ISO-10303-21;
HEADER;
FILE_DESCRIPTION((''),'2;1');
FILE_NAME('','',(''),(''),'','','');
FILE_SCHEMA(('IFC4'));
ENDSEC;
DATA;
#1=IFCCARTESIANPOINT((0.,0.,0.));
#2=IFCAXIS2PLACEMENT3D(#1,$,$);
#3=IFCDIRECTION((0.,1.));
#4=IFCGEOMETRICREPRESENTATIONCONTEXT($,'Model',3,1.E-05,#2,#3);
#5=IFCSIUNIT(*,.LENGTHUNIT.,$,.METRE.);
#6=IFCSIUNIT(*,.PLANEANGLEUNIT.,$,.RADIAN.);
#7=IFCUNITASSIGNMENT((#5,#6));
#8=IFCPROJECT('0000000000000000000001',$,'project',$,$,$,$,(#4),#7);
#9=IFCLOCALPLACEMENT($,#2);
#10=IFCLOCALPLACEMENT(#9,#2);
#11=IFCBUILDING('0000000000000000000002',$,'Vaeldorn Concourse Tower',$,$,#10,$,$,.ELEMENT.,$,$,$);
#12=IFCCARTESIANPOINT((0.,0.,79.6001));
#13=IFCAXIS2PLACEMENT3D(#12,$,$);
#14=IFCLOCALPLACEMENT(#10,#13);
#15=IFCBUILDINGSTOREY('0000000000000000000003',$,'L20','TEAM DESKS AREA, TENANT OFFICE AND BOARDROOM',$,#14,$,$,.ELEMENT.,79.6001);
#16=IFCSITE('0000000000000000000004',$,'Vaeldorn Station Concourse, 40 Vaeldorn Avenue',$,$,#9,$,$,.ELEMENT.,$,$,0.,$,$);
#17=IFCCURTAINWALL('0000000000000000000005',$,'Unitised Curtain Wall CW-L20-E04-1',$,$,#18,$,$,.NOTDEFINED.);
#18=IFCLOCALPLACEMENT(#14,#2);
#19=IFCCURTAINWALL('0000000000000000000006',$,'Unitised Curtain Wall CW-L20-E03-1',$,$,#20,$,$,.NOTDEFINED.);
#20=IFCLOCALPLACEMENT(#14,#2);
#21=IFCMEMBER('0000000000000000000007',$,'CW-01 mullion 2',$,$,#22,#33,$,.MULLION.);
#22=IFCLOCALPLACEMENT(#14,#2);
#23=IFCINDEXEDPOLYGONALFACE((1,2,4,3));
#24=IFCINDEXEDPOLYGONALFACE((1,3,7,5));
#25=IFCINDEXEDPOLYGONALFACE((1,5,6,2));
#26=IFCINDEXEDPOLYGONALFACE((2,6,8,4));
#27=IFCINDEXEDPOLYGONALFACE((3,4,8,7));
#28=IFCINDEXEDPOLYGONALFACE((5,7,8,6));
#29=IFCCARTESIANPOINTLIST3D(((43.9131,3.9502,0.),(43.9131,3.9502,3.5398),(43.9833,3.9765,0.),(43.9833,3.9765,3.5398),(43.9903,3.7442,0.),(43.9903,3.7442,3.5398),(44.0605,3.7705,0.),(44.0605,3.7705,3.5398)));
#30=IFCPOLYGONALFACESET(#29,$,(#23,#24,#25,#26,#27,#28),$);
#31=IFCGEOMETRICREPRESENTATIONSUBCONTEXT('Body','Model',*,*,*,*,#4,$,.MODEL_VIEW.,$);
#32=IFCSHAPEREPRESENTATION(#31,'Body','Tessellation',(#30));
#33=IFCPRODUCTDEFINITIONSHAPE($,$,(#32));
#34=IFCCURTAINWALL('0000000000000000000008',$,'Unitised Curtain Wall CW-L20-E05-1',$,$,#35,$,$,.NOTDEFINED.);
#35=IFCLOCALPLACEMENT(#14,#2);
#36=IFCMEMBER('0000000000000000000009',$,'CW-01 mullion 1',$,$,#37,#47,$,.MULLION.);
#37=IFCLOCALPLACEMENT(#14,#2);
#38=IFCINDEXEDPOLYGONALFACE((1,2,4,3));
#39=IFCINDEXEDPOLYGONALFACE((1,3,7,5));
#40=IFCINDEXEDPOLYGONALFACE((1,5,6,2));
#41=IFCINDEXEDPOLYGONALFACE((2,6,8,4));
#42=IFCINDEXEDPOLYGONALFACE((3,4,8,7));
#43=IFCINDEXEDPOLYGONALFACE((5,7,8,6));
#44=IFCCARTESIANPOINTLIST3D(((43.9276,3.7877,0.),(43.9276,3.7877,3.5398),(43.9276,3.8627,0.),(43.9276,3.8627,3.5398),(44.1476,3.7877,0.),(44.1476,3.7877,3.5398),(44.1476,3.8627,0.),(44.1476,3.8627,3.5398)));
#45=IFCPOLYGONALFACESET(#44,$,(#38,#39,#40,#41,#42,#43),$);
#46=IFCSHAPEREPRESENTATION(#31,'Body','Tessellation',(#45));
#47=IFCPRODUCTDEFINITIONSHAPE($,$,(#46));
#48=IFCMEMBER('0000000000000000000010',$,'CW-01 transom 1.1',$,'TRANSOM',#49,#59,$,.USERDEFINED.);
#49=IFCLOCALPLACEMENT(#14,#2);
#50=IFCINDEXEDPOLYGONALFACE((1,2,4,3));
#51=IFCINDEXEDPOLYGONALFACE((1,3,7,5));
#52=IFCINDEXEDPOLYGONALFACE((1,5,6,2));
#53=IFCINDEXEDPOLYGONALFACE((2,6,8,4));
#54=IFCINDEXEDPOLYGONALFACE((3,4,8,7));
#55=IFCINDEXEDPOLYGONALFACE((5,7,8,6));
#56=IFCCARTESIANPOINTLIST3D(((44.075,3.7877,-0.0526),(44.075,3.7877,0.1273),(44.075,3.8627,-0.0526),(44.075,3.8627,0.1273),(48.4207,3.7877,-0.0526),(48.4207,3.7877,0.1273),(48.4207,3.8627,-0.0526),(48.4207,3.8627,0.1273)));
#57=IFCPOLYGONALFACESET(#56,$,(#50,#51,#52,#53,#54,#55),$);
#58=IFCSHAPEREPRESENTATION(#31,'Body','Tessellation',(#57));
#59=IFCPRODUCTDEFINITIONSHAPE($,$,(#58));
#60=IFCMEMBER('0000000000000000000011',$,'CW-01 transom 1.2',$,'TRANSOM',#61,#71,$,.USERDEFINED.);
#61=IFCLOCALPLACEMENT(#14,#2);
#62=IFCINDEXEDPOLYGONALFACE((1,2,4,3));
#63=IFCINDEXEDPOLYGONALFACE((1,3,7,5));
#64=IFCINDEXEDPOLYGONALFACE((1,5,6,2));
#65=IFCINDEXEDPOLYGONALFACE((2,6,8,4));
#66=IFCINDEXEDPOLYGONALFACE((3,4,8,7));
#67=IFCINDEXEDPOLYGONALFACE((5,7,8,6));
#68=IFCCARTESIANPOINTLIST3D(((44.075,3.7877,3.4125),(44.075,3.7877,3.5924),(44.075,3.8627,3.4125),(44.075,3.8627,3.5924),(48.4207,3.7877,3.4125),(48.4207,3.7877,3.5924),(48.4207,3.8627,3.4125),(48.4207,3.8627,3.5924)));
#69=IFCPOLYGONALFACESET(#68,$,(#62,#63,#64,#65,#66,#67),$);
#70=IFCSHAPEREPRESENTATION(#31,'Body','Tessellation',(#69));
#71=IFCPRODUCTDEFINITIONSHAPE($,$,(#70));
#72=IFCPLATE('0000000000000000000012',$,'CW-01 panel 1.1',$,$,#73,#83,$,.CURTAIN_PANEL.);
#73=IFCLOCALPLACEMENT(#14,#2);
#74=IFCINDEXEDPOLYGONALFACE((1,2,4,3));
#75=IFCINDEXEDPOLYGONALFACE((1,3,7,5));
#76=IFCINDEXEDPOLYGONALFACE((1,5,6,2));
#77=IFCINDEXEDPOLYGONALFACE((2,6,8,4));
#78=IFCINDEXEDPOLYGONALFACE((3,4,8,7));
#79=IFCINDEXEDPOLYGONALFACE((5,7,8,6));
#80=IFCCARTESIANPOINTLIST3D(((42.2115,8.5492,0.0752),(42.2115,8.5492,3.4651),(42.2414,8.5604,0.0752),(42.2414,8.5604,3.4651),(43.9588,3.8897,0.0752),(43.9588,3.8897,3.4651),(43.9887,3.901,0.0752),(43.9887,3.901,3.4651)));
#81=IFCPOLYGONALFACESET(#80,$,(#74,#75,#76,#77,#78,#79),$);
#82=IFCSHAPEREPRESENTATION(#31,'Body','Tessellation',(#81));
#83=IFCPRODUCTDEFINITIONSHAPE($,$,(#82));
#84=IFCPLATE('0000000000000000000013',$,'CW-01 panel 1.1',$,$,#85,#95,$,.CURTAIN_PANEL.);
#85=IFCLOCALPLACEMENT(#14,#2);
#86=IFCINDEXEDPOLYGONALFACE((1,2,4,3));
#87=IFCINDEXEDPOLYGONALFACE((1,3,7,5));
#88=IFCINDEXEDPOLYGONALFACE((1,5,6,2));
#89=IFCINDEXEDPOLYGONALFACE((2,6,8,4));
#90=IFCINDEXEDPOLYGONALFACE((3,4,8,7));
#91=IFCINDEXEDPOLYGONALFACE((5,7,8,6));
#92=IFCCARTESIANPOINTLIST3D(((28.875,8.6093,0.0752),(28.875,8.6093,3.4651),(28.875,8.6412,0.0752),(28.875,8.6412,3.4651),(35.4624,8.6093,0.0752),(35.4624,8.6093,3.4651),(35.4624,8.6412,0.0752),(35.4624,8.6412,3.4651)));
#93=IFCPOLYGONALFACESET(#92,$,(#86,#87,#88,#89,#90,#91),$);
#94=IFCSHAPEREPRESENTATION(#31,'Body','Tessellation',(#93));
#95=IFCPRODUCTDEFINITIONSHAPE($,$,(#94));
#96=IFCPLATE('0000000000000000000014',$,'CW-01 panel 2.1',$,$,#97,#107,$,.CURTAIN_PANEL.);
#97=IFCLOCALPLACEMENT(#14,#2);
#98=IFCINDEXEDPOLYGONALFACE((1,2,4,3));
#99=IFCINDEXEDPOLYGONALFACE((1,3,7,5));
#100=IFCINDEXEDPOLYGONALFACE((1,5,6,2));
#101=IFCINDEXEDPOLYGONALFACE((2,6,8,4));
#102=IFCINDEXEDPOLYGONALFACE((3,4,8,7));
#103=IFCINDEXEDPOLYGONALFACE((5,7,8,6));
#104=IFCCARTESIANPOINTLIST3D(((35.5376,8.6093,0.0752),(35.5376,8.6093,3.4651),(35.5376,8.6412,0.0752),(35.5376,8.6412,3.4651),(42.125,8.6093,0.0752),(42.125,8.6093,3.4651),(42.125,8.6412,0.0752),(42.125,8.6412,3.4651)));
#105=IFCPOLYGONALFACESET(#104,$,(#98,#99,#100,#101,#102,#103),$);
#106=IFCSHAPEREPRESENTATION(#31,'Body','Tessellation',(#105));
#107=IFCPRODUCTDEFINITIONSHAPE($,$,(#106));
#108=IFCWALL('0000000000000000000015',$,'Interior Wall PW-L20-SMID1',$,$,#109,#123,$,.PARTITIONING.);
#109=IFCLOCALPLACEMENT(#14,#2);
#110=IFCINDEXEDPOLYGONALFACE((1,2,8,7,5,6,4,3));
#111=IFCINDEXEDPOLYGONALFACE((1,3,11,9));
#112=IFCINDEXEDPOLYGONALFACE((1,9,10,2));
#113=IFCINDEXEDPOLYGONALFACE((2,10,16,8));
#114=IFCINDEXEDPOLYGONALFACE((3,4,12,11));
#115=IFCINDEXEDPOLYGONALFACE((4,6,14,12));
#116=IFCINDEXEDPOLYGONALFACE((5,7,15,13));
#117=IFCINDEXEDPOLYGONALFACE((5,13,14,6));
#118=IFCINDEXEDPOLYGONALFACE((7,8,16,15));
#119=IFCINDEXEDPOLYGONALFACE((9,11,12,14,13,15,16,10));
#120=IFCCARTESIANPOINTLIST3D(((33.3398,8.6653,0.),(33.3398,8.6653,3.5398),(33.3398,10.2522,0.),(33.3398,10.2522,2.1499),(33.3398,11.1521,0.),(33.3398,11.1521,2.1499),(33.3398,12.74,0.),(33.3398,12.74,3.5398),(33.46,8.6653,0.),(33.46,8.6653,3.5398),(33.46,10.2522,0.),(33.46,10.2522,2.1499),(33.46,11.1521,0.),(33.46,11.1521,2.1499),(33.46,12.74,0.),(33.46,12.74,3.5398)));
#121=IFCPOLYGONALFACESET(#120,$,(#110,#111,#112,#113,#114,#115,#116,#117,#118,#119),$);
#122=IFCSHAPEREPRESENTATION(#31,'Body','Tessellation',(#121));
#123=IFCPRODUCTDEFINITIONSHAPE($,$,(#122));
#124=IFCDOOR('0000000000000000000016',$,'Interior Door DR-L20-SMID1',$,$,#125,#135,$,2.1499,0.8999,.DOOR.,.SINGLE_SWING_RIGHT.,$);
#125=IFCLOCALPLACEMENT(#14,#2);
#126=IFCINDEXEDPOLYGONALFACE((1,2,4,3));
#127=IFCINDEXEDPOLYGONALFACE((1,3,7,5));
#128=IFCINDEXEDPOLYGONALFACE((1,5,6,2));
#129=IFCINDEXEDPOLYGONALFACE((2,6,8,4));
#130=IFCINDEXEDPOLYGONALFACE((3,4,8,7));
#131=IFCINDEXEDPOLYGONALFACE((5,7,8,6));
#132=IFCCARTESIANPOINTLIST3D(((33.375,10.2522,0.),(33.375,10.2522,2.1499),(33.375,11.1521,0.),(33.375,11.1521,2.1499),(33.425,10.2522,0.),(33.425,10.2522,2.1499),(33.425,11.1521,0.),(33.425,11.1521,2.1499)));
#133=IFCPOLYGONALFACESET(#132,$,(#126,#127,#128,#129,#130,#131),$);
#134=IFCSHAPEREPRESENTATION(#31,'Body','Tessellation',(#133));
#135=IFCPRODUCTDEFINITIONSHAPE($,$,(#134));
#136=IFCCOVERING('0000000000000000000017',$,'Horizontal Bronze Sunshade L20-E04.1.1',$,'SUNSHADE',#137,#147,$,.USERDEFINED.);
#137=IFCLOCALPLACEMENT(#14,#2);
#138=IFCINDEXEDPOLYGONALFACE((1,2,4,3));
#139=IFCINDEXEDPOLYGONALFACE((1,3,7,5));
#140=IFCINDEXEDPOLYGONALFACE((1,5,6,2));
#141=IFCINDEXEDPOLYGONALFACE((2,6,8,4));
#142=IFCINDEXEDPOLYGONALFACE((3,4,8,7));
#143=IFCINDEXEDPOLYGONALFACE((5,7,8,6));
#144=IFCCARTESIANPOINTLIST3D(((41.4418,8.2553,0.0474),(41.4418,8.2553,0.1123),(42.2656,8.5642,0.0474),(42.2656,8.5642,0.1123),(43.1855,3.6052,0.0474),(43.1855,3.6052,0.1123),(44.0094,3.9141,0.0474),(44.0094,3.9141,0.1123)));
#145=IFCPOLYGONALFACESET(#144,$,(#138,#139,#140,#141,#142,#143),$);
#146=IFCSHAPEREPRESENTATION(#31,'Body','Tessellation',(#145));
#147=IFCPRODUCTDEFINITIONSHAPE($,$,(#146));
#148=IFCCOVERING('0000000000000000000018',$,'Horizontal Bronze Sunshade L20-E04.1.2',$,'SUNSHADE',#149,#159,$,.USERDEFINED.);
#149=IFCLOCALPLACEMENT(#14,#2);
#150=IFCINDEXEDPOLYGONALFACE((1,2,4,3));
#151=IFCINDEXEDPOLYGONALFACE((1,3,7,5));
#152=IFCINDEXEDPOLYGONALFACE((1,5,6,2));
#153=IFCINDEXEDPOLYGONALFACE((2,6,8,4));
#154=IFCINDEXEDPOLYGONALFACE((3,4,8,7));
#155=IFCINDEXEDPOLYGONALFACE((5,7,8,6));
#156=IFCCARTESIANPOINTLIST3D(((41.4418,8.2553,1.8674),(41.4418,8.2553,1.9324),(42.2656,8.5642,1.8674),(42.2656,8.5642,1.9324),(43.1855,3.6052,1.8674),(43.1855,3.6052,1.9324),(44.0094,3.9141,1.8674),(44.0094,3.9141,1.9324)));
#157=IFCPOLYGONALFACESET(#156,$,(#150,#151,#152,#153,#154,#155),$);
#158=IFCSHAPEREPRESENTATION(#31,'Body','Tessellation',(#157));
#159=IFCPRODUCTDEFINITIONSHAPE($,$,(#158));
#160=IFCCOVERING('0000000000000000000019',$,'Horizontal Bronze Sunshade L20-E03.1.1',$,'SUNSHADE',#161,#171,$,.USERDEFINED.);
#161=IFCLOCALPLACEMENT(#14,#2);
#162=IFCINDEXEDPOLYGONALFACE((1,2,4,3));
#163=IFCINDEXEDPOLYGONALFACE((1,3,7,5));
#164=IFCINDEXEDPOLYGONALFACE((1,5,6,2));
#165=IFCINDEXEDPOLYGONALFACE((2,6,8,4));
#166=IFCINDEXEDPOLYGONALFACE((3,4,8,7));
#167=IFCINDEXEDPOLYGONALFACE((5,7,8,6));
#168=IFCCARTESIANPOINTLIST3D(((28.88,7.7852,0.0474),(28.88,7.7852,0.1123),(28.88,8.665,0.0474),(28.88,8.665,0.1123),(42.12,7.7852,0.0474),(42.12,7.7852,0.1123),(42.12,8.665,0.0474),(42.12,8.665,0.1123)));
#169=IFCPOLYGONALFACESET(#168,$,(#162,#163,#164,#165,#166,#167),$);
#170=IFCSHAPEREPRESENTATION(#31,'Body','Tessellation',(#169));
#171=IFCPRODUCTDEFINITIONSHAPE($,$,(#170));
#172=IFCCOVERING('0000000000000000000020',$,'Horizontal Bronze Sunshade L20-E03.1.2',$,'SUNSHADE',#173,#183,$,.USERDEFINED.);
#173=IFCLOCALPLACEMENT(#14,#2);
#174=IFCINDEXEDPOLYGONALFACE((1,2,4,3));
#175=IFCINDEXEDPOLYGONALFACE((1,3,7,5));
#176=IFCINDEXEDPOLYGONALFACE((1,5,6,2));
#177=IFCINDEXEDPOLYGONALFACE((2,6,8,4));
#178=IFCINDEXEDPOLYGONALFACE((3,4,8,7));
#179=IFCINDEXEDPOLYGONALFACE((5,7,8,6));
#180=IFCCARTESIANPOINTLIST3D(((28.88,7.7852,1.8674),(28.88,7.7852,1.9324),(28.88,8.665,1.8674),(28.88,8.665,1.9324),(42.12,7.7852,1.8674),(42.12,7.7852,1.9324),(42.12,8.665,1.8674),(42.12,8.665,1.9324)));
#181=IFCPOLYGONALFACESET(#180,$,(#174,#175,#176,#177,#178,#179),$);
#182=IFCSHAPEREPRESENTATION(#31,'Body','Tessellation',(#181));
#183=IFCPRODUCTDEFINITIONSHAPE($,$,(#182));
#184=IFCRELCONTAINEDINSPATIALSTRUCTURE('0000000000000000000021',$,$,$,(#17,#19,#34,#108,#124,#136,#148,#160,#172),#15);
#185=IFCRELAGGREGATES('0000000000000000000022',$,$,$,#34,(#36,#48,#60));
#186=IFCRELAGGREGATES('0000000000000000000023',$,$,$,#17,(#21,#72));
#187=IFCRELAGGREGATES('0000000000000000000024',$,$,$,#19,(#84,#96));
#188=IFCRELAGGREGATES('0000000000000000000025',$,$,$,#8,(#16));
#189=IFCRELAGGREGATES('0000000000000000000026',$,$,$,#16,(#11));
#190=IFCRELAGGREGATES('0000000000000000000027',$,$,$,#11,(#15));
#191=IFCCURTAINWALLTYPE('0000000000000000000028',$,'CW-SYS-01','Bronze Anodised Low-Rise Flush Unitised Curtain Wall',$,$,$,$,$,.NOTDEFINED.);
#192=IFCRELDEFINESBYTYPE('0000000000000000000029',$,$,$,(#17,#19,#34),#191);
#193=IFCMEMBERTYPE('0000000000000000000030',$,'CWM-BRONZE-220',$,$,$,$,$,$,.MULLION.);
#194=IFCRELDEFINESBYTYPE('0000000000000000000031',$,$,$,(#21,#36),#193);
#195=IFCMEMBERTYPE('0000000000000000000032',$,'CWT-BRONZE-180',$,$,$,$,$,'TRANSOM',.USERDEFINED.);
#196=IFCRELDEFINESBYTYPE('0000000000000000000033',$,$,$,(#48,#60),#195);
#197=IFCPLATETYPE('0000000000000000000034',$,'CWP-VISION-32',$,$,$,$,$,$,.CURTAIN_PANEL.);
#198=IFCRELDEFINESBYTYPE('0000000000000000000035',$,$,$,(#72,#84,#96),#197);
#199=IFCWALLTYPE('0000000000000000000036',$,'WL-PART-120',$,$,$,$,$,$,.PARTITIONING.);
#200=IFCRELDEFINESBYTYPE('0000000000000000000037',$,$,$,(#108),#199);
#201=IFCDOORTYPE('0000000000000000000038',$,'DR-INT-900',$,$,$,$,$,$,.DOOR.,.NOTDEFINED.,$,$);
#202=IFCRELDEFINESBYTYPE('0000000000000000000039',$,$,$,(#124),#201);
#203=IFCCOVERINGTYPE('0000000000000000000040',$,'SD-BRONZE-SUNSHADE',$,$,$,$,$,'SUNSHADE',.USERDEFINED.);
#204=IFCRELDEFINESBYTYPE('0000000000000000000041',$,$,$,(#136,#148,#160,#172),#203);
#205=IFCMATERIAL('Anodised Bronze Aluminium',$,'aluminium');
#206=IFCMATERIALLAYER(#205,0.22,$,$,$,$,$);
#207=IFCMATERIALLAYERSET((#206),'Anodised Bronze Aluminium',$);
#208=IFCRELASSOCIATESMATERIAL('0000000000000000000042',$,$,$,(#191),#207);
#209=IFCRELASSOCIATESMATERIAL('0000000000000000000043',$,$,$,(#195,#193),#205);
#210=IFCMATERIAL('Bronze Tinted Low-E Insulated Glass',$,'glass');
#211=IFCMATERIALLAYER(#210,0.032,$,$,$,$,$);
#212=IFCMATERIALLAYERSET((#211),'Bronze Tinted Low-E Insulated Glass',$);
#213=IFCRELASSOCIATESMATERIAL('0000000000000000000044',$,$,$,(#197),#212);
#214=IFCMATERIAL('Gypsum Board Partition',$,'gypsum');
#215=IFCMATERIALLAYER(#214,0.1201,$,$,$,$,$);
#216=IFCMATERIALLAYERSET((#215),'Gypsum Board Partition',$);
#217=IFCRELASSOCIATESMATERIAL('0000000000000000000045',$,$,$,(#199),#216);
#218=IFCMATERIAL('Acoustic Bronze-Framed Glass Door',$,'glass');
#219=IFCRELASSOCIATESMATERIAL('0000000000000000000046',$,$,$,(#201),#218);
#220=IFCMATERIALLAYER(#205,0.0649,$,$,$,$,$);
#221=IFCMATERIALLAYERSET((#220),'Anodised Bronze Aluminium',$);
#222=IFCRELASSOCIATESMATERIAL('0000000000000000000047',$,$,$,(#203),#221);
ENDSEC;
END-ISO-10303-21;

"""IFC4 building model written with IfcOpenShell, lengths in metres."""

from ifc_helpers import new_model, si_unit, direction, frame, frame_2d, origin, origin_2d, place, context, subcontext, project, spatial, rectangle, extrude, source, transform, mapped, material, layer, layer_set, material_profile, profile_set, type_object, element, fill, aggregate, save


model = new_model("IFC4")

# Units and contexts
model_context = context("Model", 3, precision=1e-05, world=origin(), true_north=direction((0.0, 1.0)))
body_context = subcontext(model_context, "Body", "Model", "MODEL_VIEW")
ifc_project = project(units=[si_unit("LENGTHUNIT", "METRE"), si_unit("PLANEANGLEUNIT", "RADIAN")], contexts=[model_context])

# Site, building, storey
site_placement = place(None, origin())
site = spatial("IfcSite", under=ifc_project, at=site_placement, Name="Vaeldorn Station Concourse, 40 Vaeldorn Avenue", CompositionType="ELEMENT", RefElevation=0.0)
building_placement = place(site_placement, origin())
building = spatial("IfcBuilding", under=site, at=building_placement, Name="Vaeldorn Concourse Tower", CompositionType="ELEMENT")
storey_placement = place(building_placement, frame((0.0, 0.0, 79.6001)))
storey = spatial("IfcBuildingStorey", under=building, at=storey_placement, Name="L20", Description="TEAM DESKS AREA, TENANT OFFICE AND BOARDROOM", CompositionType="ELEMENT", Elevation=79.6001)

# Curtain walls
ifc_material_1 = material(Name="Anodised Bronze Aluminium", Category="aluminium")
ifc_layer_1 = layer(ifc_material_1, 0.22)
ifc_layer_set_1 = layer_set([ifc_layer_1], Name="Anodised Bronze Aluminium")
curtain_wall_type = type_object("IfcCurtainWallType", Name="CW-SYS-01", Description="Bronze Anodised Low-Rise Flush Unitised Curtain Wall", PredefinedType="NOTDEFINED", material=ifc_layer_set_1)
curtain_wall_1_placement = place(storey_placement, origin())
curtain_wall_1 = element("IfcCurtainWall", 1, at=curtain_wall_1_placement, inside=storey, type_object=curtain_wall_type, Name="Unitised Curtain Wall CW-L20-E04-1", PredefinedType="NOTDEFINED")
ifc_material_profile_1 = material_profile(ifc_material_1, rectangle(XDim=0.075, YDim=0.1799, at=origin_2d()), Name="CWT 75x180")
ifc_profile_set_1 = profile_set([ifc_material_profile_1], Name="Anodised Bronze Aluminium")
member_type_1 = type_object("IfcMemberType", Name="CWT-BRONZE-180", ElementType="TRANSOM", PredefinedType="USERDEFINED", material=ifc_profile_set_1)
curtain_wall_2_placement = place(storey_placement, origin())
curtain_wall_2 = element("IfcCurtainWall", 2, at=curtain_wall_2_placement, inside=storey, type_object=curtain_wall_type, Name="Unitised Curtain Wall CW-L20-E03-1", PredefinedType="NOTDEFINED")
ifc_material_profile_2 = material_profile(ifc_material_1, rectangle(XDim=0.075, YDim=0.22, at=origin_2d()), Name="CWM 75x220")
ifc_profile_set_2 = profile_set([ifc_material_profile_2], Name="Anodised Bronze Aluminium")
member_type_2 = type_object("IfcMemberType", Name="CWM-BRONZE-220", PredefinedType="MULLION", material=ifc_profile_set_2)
shared_shape_1 = source(origin(), body_context, "Body", "SweptSolid", [
    extrude(rectangle(XDim=0.075, YDim=0.22, at=origin_2d()), origin(), (0.0, 0.0, 1.0), 3.5398),
])

# Member
member_1_placement = place(storey_placement, frame((43.9868, 3.8604, 0.0), z_axis=(0.0, 0.0, 1.0), x_axis=(0.936329, 0.351123, 0.0)))
member_1 = element("IfcMember", 3, at=member_1_placement, type_object=member_type_2, Name="CW-01 mullion 2", PredefinedType="MULLION", context=body_context, shape_type="MappedRepresentation", body=[
    mapped(shared_shape_1, transform((0.0, 0.0, 0.0), scale=1.0)),
])

# Curtain wall, members
curtain_wall_3_placement = place(storey_placement, origin())
curtain_wall_3 = element("IfcCurtainWall", 4, at=curtain_wall_3_placement, inside=storey, type_object=curtain_wall_type, Name="Unitised Curtain Wall CW-L20-E05-1", PredefinedType="NOTDEFINED")
member_2_placement = place(storey_placement, frame((44.0376, 3.8252, 0.0), z_axis=(0.0, 0.0, 1.0), x_axis=(0.0, 1.0, 0.0)))
member_2 = element("IfcMember", 5, at=member_2_placement, type_object=member_type_2, Name="CW-01 mullion 1", PredefinedType="MULLION", context=body_context, shape_type="MappedRepresentation", body=[
    mapped(shared_shape_1, transform((0.0, 0.0, 0.0), scale=1.0)),
])
shared_shape_2 = source(origin(), body_context, "Body", "SweptSolid", [
    extrude(rectangle(XDim=0.075, YDim=0.1799, at=origin_2d()), origin(), (0.0, 0.0, 1.0), 4.3457),
])
member_3_placement = place(storey_placement, frame((44.075, 3.8252, 0.0374), z_axis=(1.0, 0.0, 0.0), x_axis=(0.0, 1.0, 0.0)))
member_3 = element("IfcMember", 6, at=member_3_placement, type_object=member_type_1, Name="CW-01 transom 1.1", ObjectType="TRANSOM", PredefinedType="USERDEFINED", context=body_context, shape_type="MappedRepresentation", body=[
    mapped(shared_shape_2, transform((0.0, 0.0, 0.0), scale=1.0)),
])
member_4_placement = place(storey_placement, frame((44.075, 3.8252, 3.5024), z_axis=(1.0, 0.0, 0.0), x_axis=(0.0, 1.0, 0.0)))
member_4 = element("IfcMember", 7, at=member_4_placement, type_object=member_type_1, Name="CW-01 transom 1.2", ObjectType="TRANSOM", PredefinedType="USERDEFINED", context=body_context, shape_type="MappedRepresentation", body=[
    mapped(shared_shape_2, transform((0.0, 0.0, 0.0), scale=1.0)),
])
aggregate(curtain_wall_3, [member_2, member_3, member_4])

# Plates
ifc_material_2 = material(Name="Bronze Tinted Low-E Insulated Glass", Category="glass")
ifc_layer_2 = layer(ifc_material_2, 0.032)
ifc_layer_set_2 = layer_set([ifc_layer_2], Name="Bronze Tinted Low-E Insulated Glass")
plate_type = type_object("IfcPlateType", Name="CWP-VISION-32", PredefinedType="CURTAIN_PANEL", material=ifc_layer_set_2)
shared_shape_3 = source(origin(), body_context, "Body", "SweptSolid", [
    extrude(rectangle(XDim=4.9763, YDim=0.032, at=origin_2d()), origin(), (0.0, 0.0, 1.0), 3.3899),
])
plate_1_placement = place(storey_placement, frame((43.1001, 6.2251, 0.0752), z_axis=(0.0, 0.0, 1.0), x_axis=(0.351123, -0.936329, 0.0)))
plate_1 = element("IfcPlate", 8, at=plate_1_placement, type_object=plate_type, Name="CW-01 panel 1.1", PredefinedType="CURTAIN_PANEL", context=body_context, shape_type="MappedRepresentation", body=[
    mapped(shared_shape_3, transform((0.0, 0.0, 0.0), scale=1.0)),
])
aggregate(curtain_wall_1, [member_1, plate_1])
shared_shape_4 = source(origin(), body_context, "Body", "SweptSolid", [
    extrude(rectangle(XDim=6.5874, YDim=0.032, at=origin_2d()), origin(), (0.0, 0.0, 1.0), 3.3899),
])
plate_2_placement = place(storey_placement, frame((32.1687, 8.6252, 0.0752), z_axis=(0.0, 0.0, 1.0), x_axis=(1.0, 0.0, 0.0)))
plate_2 = element("IfcPlate", 9, at=plate_2_placement, type_object=plate_type, Name="CW-01 panel 1.1", PredefinedType="CURTAIN_PANEL", context=body_context, shape_type="MappedRepresentation", body=[
    mapped(shared_shape_4, transform((0.0, 0.0, 0.0), scale=1.0)),
])
plate_3_placement = place(storey_placement, frame((38.8313, 8.6252, 0.0752), z_axis=(0.0, 0.0, 1.0), x_axis=(1.0, 0.0, 0.0)))
plate_3 = element("IfcPlate", 10, at=plate_3_placement, type_object=plate_type, Name="CW-01 panel 2.1", PredefinedType="CURTAIN_PANEL", context=body_context, shape_type="MappedRepresentation", body=[
    mapped(shared_shape_4, transform((0.0, 0.0, 0.0), scale=1.0)),
])
aggregate(curtain_wall_2, [plate_2, plate_3])

# Wall, opening, door
ifc_material_3 = material(Name="Gypsum Board Partition", Category="gypsum")
ifc_layer_3 = layer(ifc_material_3, 0.1201)
ifc_layer_set_3 = layer_set([ifc_layer_3], Name="Gypsum Board Partition")
wall_type = type_object("IfcWallType", Name="WL-PART-120", PredefinedType="PARTITIONING", material=ifc_layer_set_3)
wall_placement = place(storey_placement, frame((33.3999, 8.6653, 0.0), z_axis=(0.0, 0.0, 1.0), x_axis=(0.0, 1.0, 0.0)))
wall = element("IfcWall", 11, at=wall_placement, inside=storey, type_object=wall_type, Name="Interior Wall PW-L20-SMID1", PredefinedType="PARTITIONING", context=body_context, shape_type="SweptSolid", body=[
    extrude(rectangle(XDim=4.0747, YDim=0.1201, at=frame_2d((2.0374, 0.0))), origin(), (0.0, 0.0, 1.0), 3.5398),
])
opening_placement = place(wall_placement, frame((1.5869, 0.0, 0.0)))
opening = element("IfcOpeningElement", 12, at=opening_placement, cuts=wall, PredefinedType="OPENING", context=body_context, shape_type="SweptSolid", body=[
    extrude(rectangle(XDim=0.8999, YDim=2.1499, at=frame_2d((0.45, 1.075))), frame((0.0, 0.0701, 0.0), z_axis=(0.0, -1.0, 0.0), x_axis=(1.0, 0.0, 0.0)), (0.0, 0.0, 1.0), 0.1401),
])
ifc_material_4 = material(Name="Acoustic Bronze-Framed Glass Door", Category="glass")
door_type = type_object("IfcDoorType", Name="DR-INT-900", OperationType="NOTDEFINED", PredefinedType="DOOR", material=ifc_material_4)
shared_shape_5 = source(origin(), body_context, "Body", "SweptSolid", [
    extrude(rectangle(XDim=0.8999, YDim=2.1499, at=frame_2d((0.45, 1.075))), frame((0.0, 0.0249, 0.0), z_axis=(0.0, -1.0, 0.0), x_axis=(1.0, 0.0, 0.0)), (0.0, 0.0, 1.0), 0.05),
])
door_placement = place(opening_placement, origin())
door = element("IfcDoor", 13, at=door_placement, inside=storey, type_object=door_type, Name="Interior Door DR-L20-SMID1", OperationType="SINGLE_SWING_RIGHT", OverallHeight=2.1499, OverallWidth=0.8999, PredefinedType="DOOR", context=body_context, shape_type="MappedRepresentation", body=[
    mapped(shared_shape_5, transform((0.0, 0.0, 0.0), scale=1.0)),
])
fill(opening, door)

# Coverings
ifc_layer_4 = layer(ifc_material_1, 0.0649)
ifc_layer_set_4 = layer_set([ifc_layer_4], Name="Anodised Bronze Aluminium")
covering_type = type_object("IfcCoveringType", Name="SD-BRONZE-SUNSHADE", ElementType="SUNSHADE", PredefinedType="USERDEFINED", material=ifc_layer_set_4)
shared_shape_6 = source(origin(), body_context, "Body", "SweptSolid", [
    extrude(rectangle(XDim=4.9663, YDim=0.8799, at=origin_2d()), origin(), (0.0, 0.0, 1.0), 0.0649),
])
for number, where, z_axis, x_axis, name in (
    (14, (42.7256, 6.0847, 0.0474), (0.0, 0.0, 1.0), (0.351123, -0.936329, 0.0), "Horizontal Bronze Sunshade L20-E04.1.1"),
    (15, (42.7256, 6.0847, 1.8674), (0.0, 0.0, 1.0), (0.351123, -0.936329, 0.0), "Horizontal Bronze Sunshade L20-E04.1.2"),
):
    element("IfcCovering", number, at=place(storey_placement, frame(where, z_axis=z_axis, x_axis=x_axis)), inside=storey, type_object=covering_type, Name=name, ObjectType="SUNSHADE", PredefinedType="USERDEFINED", context=body_context, shape_type="MappedRepresentation", body=[
        mapped(shared_shape_6, transform((0.0, 0.0, 0.0), scale=1.0)),
    ])
shared_shape_7 = source(origin(), body_context, "Body", "SweptSolid", [
    extrude(rectangle(XDim=13.24, YDim=0.8799, at=origin_2d()), origin(), (0.0, 0.0, 1.0), 0.0649),
])
for number, where, z_axis, x_axis, name in (
    (16, (35.5, 8.2251, 0.0474), (0.0, 0.0, 1.0), (1.0, 0.0, 0.0), "Horizontal Bronze Sunshade L20-E03.1.1"),
    (17, (35.5, 8.2251, 1.8674), (0.0, 0.0, 1.0), (1.0, 0.0, 0.0), "Horizontal Bronze Sunshade L20-E03.1.2"),
):
    element("IfcCovering", number, at=place(storey_placement, frame(where, z_axis=z_axis, x_axis=x_axis)), inside=storey, type_object=covering_type, Name=name, ObjectType="SUNSHADE", PredefinedType="USERDEFINED", context=body_context, shape_type="MappedRepresentation", body=[
        mapped(shared_shape_7, transform((0.0, 0.0, 0.0), scale=1.0)),
    ])

save(model, "model.ifc")
